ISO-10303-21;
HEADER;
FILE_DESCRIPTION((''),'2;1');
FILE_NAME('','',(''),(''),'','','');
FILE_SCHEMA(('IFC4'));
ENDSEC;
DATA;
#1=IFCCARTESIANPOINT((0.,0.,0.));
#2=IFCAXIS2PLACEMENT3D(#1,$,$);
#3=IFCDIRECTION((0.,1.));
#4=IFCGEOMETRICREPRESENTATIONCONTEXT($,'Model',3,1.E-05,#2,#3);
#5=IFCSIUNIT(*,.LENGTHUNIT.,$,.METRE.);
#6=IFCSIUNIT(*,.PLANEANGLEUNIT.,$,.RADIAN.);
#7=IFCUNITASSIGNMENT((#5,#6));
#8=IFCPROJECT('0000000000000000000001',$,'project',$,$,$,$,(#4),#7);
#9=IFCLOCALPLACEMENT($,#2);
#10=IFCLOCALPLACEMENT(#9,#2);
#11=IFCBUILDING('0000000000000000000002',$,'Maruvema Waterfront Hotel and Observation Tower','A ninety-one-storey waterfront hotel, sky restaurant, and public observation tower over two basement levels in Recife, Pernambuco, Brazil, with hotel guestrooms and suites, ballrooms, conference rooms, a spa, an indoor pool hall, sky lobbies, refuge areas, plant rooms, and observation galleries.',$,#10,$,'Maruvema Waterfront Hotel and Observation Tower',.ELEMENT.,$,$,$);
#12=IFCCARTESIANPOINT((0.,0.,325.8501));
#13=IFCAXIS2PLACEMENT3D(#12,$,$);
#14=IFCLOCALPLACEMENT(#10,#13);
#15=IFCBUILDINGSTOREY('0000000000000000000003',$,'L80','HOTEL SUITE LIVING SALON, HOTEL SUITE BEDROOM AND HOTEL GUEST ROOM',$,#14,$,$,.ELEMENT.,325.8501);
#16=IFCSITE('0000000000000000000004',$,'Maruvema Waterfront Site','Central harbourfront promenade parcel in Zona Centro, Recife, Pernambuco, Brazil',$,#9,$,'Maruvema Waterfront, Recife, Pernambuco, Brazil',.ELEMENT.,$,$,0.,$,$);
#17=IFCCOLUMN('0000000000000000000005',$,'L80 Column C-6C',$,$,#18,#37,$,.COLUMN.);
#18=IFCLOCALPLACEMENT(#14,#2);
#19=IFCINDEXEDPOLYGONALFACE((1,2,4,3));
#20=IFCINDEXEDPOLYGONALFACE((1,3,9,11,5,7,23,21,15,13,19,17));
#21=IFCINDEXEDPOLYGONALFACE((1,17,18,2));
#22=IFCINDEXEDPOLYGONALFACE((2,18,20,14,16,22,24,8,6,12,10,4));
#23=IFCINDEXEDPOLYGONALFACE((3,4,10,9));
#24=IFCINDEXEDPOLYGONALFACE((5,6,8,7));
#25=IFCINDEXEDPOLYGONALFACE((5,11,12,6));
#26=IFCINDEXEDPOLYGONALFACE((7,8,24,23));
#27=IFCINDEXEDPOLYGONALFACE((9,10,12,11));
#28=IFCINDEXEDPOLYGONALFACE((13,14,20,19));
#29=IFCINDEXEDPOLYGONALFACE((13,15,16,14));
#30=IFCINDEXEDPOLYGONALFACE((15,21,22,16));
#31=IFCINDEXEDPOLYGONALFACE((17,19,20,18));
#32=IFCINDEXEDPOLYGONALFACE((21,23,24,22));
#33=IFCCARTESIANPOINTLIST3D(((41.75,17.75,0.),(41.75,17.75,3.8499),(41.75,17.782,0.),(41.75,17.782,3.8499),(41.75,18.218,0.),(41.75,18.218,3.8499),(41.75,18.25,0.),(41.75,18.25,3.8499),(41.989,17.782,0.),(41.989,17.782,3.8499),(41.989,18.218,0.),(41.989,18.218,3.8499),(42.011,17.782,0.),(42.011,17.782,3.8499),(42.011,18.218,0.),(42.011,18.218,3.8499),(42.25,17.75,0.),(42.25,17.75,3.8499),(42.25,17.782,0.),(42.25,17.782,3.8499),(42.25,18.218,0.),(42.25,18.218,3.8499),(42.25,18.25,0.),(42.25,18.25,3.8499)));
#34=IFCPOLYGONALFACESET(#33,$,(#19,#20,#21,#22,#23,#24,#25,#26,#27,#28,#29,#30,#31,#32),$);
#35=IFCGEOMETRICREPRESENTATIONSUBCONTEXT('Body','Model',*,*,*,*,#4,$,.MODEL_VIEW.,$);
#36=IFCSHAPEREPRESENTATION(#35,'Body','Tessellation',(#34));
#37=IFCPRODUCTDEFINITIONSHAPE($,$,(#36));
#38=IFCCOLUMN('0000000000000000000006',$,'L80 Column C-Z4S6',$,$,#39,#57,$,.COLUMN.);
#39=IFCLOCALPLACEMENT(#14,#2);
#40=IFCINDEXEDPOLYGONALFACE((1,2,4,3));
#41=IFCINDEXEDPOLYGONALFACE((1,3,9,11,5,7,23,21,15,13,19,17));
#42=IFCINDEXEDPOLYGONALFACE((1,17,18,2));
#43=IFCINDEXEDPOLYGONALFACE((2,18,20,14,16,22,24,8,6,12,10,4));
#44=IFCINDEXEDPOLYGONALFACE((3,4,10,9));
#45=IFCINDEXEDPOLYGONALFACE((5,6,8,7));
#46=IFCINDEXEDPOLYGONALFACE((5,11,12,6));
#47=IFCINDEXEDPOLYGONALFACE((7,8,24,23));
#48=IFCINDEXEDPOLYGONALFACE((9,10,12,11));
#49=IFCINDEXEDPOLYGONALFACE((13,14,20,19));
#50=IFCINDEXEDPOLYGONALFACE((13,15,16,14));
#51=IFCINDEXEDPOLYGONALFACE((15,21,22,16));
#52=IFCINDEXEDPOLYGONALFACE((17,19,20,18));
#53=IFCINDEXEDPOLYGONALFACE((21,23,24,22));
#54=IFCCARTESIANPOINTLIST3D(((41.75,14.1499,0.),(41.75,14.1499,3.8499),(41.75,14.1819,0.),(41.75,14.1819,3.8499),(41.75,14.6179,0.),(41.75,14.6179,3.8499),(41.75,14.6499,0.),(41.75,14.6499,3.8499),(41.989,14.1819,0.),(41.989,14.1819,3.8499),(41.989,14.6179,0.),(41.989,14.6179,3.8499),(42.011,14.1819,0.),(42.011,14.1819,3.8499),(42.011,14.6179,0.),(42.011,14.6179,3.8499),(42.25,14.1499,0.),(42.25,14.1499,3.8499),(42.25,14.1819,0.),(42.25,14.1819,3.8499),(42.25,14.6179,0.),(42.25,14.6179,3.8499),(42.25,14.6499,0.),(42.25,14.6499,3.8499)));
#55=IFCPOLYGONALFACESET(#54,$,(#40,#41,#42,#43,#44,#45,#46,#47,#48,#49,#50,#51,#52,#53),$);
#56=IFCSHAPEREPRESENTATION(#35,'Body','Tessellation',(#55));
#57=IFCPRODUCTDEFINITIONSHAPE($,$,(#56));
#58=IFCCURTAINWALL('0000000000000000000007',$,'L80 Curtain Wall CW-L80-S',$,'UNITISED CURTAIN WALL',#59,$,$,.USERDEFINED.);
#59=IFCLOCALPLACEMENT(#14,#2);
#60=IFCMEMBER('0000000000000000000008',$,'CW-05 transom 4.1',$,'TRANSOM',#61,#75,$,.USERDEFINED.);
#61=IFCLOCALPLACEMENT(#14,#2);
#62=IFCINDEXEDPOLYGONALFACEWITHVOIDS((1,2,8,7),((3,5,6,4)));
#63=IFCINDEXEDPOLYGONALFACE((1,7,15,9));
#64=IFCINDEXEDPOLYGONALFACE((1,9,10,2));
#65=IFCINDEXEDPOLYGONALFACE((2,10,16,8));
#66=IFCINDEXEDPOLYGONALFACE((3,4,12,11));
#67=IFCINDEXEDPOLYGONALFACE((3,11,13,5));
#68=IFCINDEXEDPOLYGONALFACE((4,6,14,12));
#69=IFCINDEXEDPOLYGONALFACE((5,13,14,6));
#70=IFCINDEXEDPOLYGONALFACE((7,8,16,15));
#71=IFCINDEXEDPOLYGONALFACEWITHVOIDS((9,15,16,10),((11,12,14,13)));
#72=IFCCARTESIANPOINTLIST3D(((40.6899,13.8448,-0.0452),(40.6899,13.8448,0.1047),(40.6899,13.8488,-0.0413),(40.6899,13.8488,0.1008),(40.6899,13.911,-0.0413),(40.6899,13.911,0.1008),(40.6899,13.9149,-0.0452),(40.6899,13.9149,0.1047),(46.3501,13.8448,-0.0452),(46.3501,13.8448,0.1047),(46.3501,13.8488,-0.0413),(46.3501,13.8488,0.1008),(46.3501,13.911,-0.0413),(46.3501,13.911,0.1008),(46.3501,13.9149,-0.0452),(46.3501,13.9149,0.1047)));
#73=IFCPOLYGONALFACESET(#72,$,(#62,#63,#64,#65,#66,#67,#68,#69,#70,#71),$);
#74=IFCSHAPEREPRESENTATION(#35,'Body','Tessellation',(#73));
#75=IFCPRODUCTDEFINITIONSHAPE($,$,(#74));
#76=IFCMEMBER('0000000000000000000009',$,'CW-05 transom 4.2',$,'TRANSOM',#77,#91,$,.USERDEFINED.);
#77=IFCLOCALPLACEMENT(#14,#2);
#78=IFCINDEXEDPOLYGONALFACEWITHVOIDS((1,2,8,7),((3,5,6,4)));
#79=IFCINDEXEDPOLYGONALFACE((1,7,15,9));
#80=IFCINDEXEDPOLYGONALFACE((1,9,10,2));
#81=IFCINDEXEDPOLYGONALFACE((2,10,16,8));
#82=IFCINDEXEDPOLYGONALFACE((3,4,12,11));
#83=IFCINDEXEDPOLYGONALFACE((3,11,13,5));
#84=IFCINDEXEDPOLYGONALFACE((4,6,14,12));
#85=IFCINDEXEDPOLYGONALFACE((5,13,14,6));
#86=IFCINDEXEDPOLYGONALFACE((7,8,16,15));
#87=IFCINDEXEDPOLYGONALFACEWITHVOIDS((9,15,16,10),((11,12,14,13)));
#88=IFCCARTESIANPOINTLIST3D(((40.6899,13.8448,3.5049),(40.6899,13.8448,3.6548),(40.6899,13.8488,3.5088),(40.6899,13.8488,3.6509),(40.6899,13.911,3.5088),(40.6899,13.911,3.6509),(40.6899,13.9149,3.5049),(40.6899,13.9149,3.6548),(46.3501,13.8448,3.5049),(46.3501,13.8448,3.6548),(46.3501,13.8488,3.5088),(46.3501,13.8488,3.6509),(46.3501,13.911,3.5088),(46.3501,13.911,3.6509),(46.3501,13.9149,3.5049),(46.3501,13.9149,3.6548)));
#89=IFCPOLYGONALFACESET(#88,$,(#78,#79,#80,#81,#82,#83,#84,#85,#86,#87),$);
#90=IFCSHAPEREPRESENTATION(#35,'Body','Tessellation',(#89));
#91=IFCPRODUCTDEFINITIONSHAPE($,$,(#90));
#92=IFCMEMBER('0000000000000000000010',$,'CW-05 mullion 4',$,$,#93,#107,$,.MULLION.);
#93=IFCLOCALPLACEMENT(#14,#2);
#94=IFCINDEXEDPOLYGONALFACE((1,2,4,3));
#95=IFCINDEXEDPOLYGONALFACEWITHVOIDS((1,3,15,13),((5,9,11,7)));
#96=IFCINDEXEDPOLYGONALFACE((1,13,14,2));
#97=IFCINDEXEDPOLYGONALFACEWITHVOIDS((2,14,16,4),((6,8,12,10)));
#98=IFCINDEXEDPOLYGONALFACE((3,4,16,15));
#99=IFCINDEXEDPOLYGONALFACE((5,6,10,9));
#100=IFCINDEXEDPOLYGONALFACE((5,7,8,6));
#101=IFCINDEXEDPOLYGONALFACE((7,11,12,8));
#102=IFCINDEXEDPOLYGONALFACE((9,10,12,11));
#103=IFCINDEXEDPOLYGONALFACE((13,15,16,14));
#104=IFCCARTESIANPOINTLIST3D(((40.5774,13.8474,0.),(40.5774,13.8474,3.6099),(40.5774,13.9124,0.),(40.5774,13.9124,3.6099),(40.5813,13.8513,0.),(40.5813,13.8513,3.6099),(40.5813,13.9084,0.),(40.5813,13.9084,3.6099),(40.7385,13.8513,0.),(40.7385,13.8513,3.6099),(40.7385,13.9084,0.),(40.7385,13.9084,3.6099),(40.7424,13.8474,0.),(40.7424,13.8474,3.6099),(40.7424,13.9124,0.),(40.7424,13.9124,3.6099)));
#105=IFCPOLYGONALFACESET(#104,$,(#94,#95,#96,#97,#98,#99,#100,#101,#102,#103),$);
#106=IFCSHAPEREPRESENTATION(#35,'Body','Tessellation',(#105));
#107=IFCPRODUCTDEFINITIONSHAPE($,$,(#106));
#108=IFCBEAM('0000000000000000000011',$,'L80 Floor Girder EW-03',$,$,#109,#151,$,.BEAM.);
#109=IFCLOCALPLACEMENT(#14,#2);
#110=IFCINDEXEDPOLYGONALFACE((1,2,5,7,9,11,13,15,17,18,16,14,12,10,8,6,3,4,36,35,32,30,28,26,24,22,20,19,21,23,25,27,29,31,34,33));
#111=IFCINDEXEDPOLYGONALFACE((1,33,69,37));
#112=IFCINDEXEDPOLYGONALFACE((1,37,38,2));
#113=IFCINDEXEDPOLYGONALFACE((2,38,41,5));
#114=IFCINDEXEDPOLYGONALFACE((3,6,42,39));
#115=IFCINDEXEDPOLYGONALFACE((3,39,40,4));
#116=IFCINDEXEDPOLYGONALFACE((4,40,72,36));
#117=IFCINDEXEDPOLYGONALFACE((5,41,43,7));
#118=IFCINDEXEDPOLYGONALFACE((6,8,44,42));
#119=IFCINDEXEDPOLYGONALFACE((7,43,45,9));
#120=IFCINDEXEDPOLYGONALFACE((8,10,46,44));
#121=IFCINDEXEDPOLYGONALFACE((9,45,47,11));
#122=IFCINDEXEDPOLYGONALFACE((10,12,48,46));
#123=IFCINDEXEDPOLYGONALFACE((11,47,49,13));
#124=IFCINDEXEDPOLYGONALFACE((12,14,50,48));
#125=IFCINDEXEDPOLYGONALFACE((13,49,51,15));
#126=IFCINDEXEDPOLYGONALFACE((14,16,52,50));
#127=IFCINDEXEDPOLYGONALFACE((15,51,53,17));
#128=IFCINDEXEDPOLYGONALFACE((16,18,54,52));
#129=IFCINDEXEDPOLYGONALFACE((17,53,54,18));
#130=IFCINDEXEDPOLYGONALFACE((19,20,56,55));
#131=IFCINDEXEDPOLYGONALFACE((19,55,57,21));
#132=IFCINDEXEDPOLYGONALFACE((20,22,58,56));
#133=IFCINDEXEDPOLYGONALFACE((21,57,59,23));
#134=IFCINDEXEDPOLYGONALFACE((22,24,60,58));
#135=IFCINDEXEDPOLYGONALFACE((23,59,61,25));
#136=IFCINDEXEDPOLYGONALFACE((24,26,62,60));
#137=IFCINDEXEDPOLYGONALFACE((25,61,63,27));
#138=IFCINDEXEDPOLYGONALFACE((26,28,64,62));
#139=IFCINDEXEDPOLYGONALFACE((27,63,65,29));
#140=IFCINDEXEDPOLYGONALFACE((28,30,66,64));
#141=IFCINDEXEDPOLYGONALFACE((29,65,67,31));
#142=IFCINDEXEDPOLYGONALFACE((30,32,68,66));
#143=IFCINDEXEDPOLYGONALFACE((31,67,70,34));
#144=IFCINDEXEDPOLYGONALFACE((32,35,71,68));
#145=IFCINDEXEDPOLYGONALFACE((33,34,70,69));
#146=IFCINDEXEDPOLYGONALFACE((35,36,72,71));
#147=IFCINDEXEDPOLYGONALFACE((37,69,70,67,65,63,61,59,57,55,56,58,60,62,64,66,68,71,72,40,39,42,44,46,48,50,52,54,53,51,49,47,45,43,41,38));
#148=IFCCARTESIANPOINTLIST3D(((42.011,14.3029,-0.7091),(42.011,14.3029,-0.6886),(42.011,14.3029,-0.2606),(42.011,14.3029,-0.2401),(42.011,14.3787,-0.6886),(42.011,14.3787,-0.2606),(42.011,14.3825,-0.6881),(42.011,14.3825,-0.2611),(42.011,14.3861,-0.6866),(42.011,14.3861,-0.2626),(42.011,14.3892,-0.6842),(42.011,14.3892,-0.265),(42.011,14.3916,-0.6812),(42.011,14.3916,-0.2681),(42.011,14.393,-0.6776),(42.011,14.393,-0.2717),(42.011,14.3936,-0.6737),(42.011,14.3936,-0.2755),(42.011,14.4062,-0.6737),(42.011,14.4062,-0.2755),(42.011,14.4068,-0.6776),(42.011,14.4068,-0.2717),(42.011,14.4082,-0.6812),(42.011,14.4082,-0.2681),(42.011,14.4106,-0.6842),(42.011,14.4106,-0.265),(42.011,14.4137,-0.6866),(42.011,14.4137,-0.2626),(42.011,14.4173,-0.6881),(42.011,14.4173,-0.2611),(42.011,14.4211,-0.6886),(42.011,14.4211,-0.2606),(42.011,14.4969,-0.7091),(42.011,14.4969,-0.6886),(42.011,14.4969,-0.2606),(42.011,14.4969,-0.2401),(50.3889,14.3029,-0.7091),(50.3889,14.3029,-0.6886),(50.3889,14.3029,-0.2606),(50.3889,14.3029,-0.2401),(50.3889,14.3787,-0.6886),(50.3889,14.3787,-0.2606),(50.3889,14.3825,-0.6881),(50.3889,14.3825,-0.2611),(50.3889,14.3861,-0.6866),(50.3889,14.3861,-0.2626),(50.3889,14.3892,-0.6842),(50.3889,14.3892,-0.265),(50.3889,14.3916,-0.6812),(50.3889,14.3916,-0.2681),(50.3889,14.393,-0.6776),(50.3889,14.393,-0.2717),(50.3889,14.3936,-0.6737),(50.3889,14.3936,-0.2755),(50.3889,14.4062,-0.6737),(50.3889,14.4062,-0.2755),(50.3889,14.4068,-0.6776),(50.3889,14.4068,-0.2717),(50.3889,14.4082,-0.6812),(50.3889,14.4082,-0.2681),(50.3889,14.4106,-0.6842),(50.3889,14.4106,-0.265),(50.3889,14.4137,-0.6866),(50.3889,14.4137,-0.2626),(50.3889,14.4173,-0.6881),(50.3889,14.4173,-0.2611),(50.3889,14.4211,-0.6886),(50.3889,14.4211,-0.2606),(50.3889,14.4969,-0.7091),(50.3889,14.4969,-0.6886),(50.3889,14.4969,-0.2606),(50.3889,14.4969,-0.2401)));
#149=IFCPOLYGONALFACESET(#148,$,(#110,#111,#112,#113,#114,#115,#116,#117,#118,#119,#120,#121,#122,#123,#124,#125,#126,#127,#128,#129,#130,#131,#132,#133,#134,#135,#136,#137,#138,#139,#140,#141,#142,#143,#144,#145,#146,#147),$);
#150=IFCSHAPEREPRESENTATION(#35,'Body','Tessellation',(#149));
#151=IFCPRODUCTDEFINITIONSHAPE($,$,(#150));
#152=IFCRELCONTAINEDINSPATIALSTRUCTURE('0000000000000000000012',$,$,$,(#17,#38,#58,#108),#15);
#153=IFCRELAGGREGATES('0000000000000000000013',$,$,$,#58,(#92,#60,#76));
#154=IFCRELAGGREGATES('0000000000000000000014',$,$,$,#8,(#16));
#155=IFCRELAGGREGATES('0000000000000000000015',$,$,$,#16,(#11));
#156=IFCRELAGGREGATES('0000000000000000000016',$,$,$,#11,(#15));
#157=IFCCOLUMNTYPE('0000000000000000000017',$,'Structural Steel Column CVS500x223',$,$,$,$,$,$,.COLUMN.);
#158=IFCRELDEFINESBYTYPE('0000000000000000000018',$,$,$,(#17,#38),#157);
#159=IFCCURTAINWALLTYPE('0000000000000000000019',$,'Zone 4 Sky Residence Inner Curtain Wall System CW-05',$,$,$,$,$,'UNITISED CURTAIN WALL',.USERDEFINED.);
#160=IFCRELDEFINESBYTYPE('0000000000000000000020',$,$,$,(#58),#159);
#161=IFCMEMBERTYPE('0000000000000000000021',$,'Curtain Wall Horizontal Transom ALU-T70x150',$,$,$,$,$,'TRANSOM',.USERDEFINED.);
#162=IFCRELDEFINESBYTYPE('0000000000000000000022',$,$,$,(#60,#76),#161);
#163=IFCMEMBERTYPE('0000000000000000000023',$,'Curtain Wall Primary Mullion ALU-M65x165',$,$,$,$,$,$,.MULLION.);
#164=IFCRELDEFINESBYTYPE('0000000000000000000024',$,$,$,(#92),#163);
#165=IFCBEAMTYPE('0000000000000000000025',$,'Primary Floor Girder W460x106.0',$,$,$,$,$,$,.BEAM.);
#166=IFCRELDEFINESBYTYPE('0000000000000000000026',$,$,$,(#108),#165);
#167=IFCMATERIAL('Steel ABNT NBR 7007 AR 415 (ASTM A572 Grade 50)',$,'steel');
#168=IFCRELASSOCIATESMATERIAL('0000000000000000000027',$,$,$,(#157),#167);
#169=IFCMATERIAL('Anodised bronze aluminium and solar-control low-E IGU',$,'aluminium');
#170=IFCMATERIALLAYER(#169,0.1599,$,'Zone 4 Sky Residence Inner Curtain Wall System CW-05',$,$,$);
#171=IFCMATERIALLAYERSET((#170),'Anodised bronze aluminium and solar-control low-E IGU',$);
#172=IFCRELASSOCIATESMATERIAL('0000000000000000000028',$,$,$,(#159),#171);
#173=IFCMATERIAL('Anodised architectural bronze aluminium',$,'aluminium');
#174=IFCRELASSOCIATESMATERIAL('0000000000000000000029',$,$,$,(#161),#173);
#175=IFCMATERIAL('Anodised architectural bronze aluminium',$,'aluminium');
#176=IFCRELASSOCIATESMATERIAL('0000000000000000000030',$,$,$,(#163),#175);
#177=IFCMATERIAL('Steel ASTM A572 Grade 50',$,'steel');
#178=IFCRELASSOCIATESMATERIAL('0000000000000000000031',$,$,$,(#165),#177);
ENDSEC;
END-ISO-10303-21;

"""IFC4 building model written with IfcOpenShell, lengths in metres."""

from ifc_helpers import new_model, si_unit, direction, frame, origin, origin_2d, place, context, subcontext, project, spatial, hollow_rectangle, i_section, extrude, material, layer, layer_set, material_profile, profile_set, type_object, element, aggregate, save


model = new_model("IFC4")

# Units and contexts
model_context = context("Model", 3, precision=1e-05, world=origin(), true_north=direction((0.0, 1.0)))
body_context = subcontext(model_context, "Body", "Model", "MODEL_VIEW")
ifc_project = project(units=[si_unit("LENGTHUNIT", "METRE"), si_unit("PLANEANGLEUNIT", "RADIAN")], contexts=[model_context])

# Site, building, storey
site_placement = place(None, origin())
site = spatial("IfcSite", under=ifc_project, at=site_placement, Name="Maruvema Waterfront Site", Description="Central harbourfront promenade parcel in Zona Centro, Recife, Pernambuco, Brazil", LongName="Maruvema Waterfront, Recife, Pernambuco, Brazil", CompositionType="ELEMENT", RefElevation=0.0)
building_placement = place(site_placement, origin())
building = spatial("IfcBuilding", under=site, at=building_placement, Name="Maruvema Waterfront Hotel and Observation Tower", Description="A ninety-one-storey waterfront hotel, sky restaurant, and public observation tower over two basement levels in Recife, Pernambuco, Brazil, with hotel guestrooms and suites, ballrooms, conference rooms, a spa, an indoor pool hall, sky lobbies, refuge areas, plant rooms, and observation galleries.", LongName="Maruvema Waterfront Hotel and Observation Tower", CompositionType="ELEMENT")
storey_placement = place(building_placement, frame((0.0, 0.0, 325.8501)))
storey = spatial("IfcBuildingStorey", under=building, at=storey_placement, Name="L80", Description="HOTEL SUITE LIVING SALON, HOTEL SUITE BEDROOM AND HOTEL GUEST ROOM", CompositionType="ELEMENT", Elevation=325.8501)

# Columns
ifc_material_1 = material(Name="Steel ABNT NBR 7007 AR 415 (ASTM A572 Grade 50)", Category="steel")
ifc_material_profile_1 = material_profile(ifc_material_1, i_section(OverallWidth=0.5, OverallDepth=0.5, WebThickness=0.022, FlangeThickness=0.032, at=origin_2d()), Name="CVS500x223")
ifc_profile_set_1 = profile_set([ifc_material_profile_1], Name="Steel ABNT NBR 7007 AR 415 (ASTM A572 Grade 50)")
column_type = type_object("IfcColumnType", Name="Structural Steel Column CVS500x223", PredefinedType="COLUMN", material=ifc_profile_set_1)
for number, where, z_axis, x_axis, name in (
    (1, (42.0, 18.0, 0.0), (0.0, 0.0, 1.0), (1.0, 0.0, 0.0), "L80 Column C-6C"),
    (2, (42.0, 14.3999, 0.0), (0.0, 0.0, 1.0), (1.0, 0.0, 0.0), "L80 Column C-Z4S6"),
):
    element("IfcColumn", number, at=place(storey_placement, frame(where, z_axis=z_axis, x_axis=x_axis)), inside=storey, type_object=column_type, Name=name, PredefinedType="COLUMN", context=body_context, shape_type="SweptSolid", body=[
        extrude(i_section(OverallWidth=0.5, OverallDepth=0.5, WebThickness=0.022, FlangeThickness=0.032, at=origin_2d()), origin(), (0.0, 0.0, 1.0), 3.8499),
    ])

# Curtain wall, members
ifc_material_2 = material(Name="Anodised bronze aluminium and solar-control low-E IGU", Category="aluminium")
ifc_layer_1 = layer(ifc_material_2, 0.1599, Name="Zone 4 Sky Residence Inner Curtain Wall System CW-05")
ifc_layer_set_1 = layer_set([ifc_layer_1], Name="Anodised bronze aluminium and solar-control low-E IGU")
curtain_wall_type = type_object("IfcCurtainWallType", Name="Zone 4 Sky Residence Inner Curtain Wall System CW-05", ElementType="UNITISED CURTAIN WALL", PredefinedType="USERDEFINED", material=ifc_layer_set_1)
curtain_wall_placement = place(storey_placement, origin())
curtain_wall = element("IfcCurtainWall", 3, at=curtain_wall_placement, inside=storey, type_object=curtain_wall_type, Name="L80 Curtain Wall CW-L80-S", ObjectType="UNITISED CURTAIN WALL", PredefinedType="USERDEFINED")
ifc_material_3 = material(Name="Anodised architectural bronze aluminium", Category="aluminium")
ifc_material_profile_2 = material_profile(ifc_material_3, hollow_rectangle(XDim=0.0701, YDim=0.1499, WallThickness=0.0039, at=origin_2d()), Name="ALU-T70x150")
ifc_profile_set_2 = profile_set([ifc_material_profile_2], Name="Anodised architectural bronze aluminium")
member_type_1 = type_object("IfcMemberType", Name="Curtain Wall Horizontal Transom ALU-T70x150", ElementType="TRANSOM", PredefinedType="USERDEFINED", material=ifc_profile_set_2)
member_1_placement = place(storey_placement, frame((40.6899, 13.8799, 0.0298), z_axis=(1.0, 0.0, 0.0), x_axis=(0.0, 1.0, 0.0)))
member_1 = element("IfcMember", 4, at=member_1_placement, type_object=member_type_1, Name="CW-05 transom 4.1", ObjectType="TRANSOM", PredefinedType="USERDEFINED", context=body_context, shape_type="SweptSolid", body=[
    extrude(hollow_rectangle(XDim=0.0701, YDim=0.1499, WallThickness=0.0039, at=origin_2d()), origin(), (0.0, 0.0, 1.0), 5.6602),
])
member_2_placement = place(storey_placement, frame((40.6899, 13.8799, 3.5798), z_axis=(1.0, 0.0, 0.0), x_axis=(0.0, 1.0, 0.0)))
member_2 = element("IfcMember", 5, at=member_2_placement, type_object=member_type_1, Name="CW-05 transom 4.2", ObjectType="TRANSOM", PredefinedType="USERDEFINED", context=body_context, shape_type="SweptSolid", body=[
    extrude(hollow_rectangle(XDim=0.0701, YDim=0.1499, WallThickness=0.0039, at=origin_2d()), origin(), (0.0, 0.0, 1.0), 5.6602),
])
ifc_material_4 = material(Name="Anodised architectural bronze aluminium", Category="aluminium")
ifc_material_profile_3 = material_profile(ifc_material_4, hollow_rectangle(XDim=0.0649, YDim=0.165, WallThickness=0.0039, at=origin_2d()), Name="ALU-M65x165")
ifc_profile_set_3 = profile_set([ifc_material_profile_3], Name="Anodised architectural bronze aluminium")
member_type_2 = type_object("IfcMemberType", Name="Curtain Wall Primary Mullion ALU-M65x165", PredefinedType="MULLION", material=ifc_profile_set_3)
member_3_placement = place(storey_placement, frame((40.6599, 13.8799, 0.0), z_axis=(0.0, 0.0, 1.0), x_axis=(0.0, 1.0, 0.0)))
member_3 = element("IfcMember", 6, at=member_3_placement, type_object=member_type_2, Name="CW-05 mullion 4", PredefinedType="MULLION", context=body_context, shape_type="SweptSolid", body=[
    extrude(hollow_rectangle(XDim=0.0649, YDim=0.165, WallThickness=0.0039, at=origin_2d()), origin(), (0.0, 0.0, 1.0), 3.6099),
])

# Beam
ifc_material_5 = material(Name="Steel ASTM A572 Grade 50", Category="steel")
ifc_material_profile_4 = material_profile(ifc_material_5, i_section(OverallWidth=0.1941, OverallDepth=0.469, WebThickness=0.0127, FlangeThickness=0.0205, FilletRadius=0.0149, at=origin_2d()), Name="W460x106.0")
ifc_profile_set_4 = profile_set([ifc_material_profile_4], Name="Steel ASTM A572 Grade 50")
beam_type_1 = type_object("IfcBeamType", Name="Primary Floor Girder W460x106.0", PredefinedType="BEAM", material=ifc_profile_set_4)
beam_1_placement = place(storey_placement, frame((42.011, 14.3999, -0.4746), z_axis=(1.0, 0.0, 0.0), x_axis=(0.0, 1.0, 0.0)))
element("IfcBeam", 7, at=beam_1_placement, inside=storey, type_object=beam_type_1, Name="L80 Floor Girder EW-03", PredefinedType="BEAM", context=body_context, shape_type="SweptSolid", body=[
    extrude(i_section(OverallWidth=0.1941, OverallDepth=0.469, WebThickness=0.0127, FlangeThickness=0.0205, FilletRadius=0.0149, at=origin_2d()), origin(), (0.0, 0.0, 1.0), 8.3779),
])

aggregate(curtain_wall, [member_3, member_1, member_2])

save(model, "model.ifc")
